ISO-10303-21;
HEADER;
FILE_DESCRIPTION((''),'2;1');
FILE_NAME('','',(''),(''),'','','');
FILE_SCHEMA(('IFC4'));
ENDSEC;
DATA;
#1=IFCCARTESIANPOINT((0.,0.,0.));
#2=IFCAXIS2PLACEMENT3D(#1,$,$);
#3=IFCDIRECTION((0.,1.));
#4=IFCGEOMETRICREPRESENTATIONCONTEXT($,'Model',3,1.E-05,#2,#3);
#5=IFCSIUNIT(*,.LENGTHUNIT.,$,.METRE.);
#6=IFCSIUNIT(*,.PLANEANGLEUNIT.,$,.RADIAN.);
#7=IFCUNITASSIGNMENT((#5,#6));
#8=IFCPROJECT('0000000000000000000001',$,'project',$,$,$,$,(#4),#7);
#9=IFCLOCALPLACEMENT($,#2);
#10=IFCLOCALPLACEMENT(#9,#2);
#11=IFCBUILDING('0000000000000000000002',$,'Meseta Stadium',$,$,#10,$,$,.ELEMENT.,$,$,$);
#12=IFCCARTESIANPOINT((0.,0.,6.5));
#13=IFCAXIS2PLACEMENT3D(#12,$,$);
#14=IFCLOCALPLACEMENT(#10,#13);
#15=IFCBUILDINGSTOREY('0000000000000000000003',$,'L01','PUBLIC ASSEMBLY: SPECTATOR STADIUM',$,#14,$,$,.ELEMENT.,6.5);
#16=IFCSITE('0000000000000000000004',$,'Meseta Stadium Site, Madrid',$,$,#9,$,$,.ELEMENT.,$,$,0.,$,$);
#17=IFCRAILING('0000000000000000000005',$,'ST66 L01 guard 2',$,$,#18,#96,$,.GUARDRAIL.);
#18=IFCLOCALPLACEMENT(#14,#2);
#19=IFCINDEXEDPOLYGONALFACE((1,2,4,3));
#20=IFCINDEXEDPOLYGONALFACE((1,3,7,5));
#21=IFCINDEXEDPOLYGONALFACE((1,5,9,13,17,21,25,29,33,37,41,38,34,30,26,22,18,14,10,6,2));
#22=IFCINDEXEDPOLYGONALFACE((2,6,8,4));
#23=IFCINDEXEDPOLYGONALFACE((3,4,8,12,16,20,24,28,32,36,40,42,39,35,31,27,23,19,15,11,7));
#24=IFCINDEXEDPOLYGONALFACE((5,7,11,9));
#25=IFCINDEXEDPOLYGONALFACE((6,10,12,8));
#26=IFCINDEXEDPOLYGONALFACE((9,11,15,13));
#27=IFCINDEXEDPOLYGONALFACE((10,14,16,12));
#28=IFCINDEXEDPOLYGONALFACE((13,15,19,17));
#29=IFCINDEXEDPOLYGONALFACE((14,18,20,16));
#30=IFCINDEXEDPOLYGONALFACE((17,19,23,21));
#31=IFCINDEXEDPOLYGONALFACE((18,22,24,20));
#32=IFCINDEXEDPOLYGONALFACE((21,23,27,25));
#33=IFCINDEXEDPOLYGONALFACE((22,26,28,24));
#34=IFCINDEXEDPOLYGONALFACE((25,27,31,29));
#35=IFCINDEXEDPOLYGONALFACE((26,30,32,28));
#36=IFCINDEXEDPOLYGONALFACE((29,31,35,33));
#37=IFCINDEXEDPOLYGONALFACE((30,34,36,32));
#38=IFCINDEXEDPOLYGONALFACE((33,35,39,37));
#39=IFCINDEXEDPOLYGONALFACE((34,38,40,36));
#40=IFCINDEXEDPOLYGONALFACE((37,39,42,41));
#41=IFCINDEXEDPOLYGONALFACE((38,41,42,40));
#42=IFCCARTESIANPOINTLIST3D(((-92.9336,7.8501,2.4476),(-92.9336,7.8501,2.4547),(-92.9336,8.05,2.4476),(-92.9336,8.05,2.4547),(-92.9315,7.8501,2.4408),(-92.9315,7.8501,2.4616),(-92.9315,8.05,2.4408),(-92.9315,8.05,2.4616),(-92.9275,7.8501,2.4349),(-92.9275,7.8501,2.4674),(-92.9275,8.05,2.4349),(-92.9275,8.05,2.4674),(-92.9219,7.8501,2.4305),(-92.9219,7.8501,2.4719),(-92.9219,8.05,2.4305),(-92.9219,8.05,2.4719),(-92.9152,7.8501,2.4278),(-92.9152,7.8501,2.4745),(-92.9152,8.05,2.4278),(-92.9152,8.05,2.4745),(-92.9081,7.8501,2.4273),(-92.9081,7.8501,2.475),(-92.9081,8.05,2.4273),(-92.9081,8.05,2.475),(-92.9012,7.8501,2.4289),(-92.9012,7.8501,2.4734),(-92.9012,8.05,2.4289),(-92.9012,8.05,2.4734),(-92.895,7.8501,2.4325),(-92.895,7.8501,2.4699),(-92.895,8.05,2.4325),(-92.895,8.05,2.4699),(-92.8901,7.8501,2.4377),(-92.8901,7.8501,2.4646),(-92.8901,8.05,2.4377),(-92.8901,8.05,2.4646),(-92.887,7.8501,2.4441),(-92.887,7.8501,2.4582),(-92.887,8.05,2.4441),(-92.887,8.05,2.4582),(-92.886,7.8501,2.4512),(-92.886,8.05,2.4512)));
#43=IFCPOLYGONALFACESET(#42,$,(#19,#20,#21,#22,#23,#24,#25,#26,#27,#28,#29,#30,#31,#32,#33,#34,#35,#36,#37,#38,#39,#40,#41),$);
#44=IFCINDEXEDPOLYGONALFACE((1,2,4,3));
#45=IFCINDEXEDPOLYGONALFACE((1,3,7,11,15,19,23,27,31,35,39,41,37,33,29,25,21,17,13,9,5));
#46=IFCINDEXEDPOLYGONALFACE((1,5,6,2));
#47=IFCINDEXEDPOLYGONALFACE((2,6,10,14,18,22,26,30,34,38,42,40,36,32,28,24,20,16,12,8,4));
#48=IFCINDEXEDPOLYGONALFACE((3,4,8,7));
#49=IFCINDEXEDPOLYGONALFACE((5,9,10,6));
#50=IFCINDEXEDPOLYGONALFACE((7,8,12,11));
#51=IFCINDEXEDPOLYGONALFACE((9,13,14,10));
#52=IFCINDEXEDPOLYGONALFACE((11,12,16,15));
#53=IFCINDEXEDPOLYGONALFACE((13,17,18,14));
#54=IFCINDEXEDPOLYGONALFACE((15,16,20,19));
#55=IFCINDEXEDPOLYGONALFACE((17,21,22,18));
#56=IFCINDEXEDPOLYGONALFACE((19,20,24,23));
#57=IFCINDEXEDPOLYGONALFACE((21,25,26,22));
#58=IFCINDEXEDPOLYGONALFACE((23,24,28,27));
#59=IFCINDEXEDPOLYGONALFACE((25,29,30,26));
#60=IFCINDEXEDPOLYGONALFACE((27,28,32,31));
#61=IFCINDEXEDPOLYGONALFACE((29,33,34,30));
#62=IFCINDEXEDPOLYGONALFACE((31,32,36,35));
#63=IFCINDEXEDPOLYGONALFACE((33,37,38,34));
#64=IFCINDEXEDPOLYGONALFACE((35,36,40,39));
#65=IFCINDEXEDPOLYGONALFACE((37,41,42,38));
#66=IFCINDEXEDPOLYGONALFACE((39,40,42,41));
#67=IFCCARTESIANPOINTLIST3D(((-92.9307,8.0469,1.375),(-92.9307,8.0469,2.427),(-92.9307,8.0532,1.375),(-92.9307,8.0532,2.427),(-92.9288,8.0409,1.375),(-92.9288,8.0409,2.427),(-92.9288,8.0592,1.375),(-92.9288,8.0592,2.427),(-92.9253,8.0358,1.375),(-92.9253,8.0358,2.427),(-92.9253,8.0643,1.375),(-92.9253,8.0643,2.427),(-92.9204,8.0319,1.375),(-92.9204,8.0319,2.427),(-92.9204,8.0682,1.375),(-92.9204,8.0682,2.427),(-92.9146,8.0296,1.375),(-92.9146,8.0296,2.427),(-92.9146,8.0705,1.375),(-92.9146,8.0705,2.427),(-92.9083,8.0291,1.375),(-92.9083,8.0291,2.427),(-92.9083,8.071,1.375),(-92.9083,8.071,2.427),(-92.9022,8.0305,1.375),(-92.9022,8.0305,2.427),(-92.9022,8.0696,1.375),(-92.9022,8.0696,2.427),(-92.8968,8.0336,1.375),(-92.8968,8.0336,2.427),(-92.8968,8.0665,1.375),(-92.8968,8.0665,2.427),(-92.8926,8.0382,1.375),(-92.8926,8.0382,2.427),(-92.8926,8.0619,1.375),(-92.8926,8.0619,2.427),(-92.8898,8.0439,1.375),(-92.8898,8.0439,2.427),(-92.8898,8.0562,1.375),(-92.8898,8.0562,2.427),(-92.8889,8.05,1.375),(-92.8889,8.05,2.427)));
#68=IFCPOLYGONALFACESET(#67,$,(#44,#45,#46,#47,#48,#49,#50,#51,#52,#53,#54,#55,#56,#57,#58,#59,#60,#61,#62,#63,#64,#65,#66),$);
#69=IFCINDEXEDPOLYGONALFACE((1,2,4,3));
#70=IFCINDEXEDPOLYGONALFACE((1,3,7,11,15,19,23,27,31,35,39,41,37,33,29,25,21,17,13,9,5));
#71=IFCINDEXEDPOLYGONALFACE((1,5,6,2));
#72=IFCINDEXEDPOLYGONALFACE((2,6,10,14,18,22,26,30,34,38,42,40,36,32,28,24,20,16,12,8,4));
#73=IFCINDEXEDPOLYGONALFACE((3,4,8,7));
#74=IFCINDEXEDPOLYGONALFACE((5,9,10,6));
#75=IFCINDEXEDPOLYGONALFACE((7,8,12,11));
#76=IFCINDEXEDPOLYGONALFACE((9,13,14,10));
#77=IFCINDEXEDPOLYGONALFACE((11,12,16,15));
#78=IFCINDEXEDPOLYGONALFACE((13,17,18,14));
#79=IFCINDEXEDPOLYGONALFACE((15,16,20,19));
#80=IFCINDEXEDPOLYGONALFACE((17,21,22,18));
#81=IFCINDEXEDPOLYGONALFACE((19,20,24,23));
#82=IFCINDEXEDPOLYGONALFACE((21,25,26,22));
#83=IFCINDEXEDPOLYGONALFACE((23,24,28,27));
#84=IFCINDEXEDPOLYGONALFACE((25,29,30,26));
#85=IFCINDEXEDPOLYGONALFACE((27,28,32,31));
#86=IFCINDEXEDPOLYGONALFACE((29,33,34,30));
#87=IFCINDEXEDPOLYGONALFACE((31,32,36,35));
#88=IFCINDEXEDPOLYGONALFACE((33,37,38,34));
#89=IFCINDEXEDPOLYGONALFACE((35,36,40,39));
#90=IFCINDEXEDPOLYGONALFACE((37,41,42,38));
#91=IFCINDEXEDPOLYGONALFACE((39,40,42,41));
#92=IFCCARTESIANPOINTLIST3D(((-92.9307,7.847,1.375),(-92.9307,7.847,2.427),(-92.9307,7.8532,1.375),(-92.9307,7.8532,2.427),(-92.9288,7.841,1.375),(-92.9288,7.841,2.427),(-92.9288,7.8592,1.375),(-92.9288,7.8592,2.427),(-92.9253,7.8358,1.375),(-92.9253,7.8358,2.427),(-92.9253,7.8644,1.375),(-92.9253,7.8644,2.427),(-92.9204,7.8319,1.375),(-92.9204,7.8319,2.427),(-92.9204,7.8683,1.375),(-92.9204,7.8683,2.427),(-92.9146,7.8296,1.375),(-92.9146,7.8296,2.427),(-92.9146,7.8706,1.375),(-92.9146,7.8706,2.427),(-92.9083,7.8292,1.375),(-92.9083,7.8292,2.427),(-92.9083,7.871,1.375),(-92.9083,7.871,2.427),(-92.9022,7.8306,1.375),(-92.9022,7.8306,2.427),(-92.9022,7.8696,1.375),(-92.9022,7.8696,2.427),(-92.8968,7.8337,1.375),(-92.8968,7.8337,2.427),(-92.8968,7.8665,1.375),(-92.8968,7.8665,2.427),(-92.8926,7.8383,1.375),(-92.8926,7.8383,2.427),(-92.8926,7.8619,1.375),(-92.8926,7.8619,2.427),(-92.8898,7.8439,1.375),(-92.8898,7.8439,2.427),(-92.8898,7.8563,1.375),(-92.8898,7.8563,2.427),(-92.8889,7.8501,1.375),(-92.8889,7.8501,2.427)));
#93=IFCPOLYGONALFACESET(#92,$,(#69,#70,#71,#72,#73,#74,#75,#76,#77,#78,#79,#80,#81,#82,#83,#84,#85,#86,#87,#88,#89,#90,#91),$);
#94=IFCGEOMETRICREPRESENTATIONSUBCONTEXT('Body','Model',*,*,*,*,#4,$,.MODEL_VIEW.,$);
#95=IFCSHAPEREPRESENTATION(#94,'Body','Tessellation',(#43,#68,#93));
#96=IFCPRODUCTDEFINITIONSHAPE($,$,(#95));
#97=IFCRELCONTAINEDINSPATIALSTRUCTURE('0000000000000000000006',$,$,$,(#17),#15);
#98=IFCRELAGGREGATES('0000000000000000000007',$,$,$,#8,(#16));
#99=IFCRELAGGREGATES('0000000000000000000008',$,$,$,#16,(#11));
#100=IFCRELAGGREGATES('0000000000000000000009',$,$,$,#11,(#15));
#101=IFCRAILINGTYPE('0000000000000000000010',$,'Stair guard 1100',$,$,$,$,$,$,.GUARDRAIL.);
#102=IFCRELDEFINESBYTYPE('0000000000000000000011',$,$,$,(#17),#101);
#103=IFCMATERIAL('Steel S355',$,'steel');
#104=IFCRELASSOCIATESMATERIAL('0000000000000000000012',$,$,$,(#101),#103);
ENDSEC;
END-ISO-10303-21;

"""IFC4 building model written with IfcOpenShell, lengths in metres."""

from ifc_helpers import new_model, si_unit, direction, frame, origin, origin_2d, place, context, subcontext, project, spatial, circle, extrude, material, type_object, element, save


model = new_model("IFC4")

# Units and contexts
model_context = context("Model", 3, precision=1e-05, world=origin(), true_north=direction((0.0, 1.0)))
body_context = subcontext(model_context, "Body", "Model", "MODEL_VIEW")
ifc_project = project(units=[si_unit("LENGTHUNIT", "METRE"), si_unit("PLANEANGLEUNIT", "RADIAN")], contexts=[model_context])

# Site, building, storey
site_placement = place(None, origin())
site = spatial("IfcSite", under=ifc_project, at=site_placement, Name="Meseta Stadium Site, Madrid", CompositionType="ELEMENT", RefElevation=0.0)
building_placement = place(site_placement, origin())
building = spatial("IfcBuilding", under=site, at=building_placement, Name="Meseta Stadium", CompositionType="ELEMENT")
storey_placement = place(building_placement, frame((0.0, 0.0, 6.5)))
storey = spatial("IfcBuildingStorey", under=building, at=storey_placement, Name="L01", Description="PUBLIC ASSEMBLY: SPECTATOR STADIUM", CompositionType="ELEMENT", Elevation=6.5)

# Railing
ifc_material_1 = material(Name="Steel S355", Category="steel")
railing_type_1 = type_object("IfcRailingType", Name="Stair guard 1100", PredefinedType="GUARDRAIL", material=ifc_material_1)
railing_1_placement = place(storey_placement, frame((-92.9099, 8.05, 1.375)))
element("IfcRailing", 1, at=railing_1_placement, inside=storey, type_object=railing_type_1, Name="ST66 L01 guard 2", PredefinedType="GUARDRAIL", context=body_context, shape_type="SweptSolid", body=[
    extrude(circle(Radius=0.0239, at=origin_2d()), frame((0.0, 0.0, 1.0762), z_axis=(0.0, -1.0, 0.0), x_axis=(1.0, 0.0, 0.0)), (0.0, 0.0, 1.0), 0.2),
    extrude(circle(Radius=0.021, at=origin_2d()), origin(), (0.0, 0.0, 1.0), 1.052),
    extrude(circle(Radius=0.021, at=origin_2d()), frame((0.0, -0.2, 0.0)), (0.0, 0.0, 1.0), 1.052),
])

save(model, "model.ifc")
